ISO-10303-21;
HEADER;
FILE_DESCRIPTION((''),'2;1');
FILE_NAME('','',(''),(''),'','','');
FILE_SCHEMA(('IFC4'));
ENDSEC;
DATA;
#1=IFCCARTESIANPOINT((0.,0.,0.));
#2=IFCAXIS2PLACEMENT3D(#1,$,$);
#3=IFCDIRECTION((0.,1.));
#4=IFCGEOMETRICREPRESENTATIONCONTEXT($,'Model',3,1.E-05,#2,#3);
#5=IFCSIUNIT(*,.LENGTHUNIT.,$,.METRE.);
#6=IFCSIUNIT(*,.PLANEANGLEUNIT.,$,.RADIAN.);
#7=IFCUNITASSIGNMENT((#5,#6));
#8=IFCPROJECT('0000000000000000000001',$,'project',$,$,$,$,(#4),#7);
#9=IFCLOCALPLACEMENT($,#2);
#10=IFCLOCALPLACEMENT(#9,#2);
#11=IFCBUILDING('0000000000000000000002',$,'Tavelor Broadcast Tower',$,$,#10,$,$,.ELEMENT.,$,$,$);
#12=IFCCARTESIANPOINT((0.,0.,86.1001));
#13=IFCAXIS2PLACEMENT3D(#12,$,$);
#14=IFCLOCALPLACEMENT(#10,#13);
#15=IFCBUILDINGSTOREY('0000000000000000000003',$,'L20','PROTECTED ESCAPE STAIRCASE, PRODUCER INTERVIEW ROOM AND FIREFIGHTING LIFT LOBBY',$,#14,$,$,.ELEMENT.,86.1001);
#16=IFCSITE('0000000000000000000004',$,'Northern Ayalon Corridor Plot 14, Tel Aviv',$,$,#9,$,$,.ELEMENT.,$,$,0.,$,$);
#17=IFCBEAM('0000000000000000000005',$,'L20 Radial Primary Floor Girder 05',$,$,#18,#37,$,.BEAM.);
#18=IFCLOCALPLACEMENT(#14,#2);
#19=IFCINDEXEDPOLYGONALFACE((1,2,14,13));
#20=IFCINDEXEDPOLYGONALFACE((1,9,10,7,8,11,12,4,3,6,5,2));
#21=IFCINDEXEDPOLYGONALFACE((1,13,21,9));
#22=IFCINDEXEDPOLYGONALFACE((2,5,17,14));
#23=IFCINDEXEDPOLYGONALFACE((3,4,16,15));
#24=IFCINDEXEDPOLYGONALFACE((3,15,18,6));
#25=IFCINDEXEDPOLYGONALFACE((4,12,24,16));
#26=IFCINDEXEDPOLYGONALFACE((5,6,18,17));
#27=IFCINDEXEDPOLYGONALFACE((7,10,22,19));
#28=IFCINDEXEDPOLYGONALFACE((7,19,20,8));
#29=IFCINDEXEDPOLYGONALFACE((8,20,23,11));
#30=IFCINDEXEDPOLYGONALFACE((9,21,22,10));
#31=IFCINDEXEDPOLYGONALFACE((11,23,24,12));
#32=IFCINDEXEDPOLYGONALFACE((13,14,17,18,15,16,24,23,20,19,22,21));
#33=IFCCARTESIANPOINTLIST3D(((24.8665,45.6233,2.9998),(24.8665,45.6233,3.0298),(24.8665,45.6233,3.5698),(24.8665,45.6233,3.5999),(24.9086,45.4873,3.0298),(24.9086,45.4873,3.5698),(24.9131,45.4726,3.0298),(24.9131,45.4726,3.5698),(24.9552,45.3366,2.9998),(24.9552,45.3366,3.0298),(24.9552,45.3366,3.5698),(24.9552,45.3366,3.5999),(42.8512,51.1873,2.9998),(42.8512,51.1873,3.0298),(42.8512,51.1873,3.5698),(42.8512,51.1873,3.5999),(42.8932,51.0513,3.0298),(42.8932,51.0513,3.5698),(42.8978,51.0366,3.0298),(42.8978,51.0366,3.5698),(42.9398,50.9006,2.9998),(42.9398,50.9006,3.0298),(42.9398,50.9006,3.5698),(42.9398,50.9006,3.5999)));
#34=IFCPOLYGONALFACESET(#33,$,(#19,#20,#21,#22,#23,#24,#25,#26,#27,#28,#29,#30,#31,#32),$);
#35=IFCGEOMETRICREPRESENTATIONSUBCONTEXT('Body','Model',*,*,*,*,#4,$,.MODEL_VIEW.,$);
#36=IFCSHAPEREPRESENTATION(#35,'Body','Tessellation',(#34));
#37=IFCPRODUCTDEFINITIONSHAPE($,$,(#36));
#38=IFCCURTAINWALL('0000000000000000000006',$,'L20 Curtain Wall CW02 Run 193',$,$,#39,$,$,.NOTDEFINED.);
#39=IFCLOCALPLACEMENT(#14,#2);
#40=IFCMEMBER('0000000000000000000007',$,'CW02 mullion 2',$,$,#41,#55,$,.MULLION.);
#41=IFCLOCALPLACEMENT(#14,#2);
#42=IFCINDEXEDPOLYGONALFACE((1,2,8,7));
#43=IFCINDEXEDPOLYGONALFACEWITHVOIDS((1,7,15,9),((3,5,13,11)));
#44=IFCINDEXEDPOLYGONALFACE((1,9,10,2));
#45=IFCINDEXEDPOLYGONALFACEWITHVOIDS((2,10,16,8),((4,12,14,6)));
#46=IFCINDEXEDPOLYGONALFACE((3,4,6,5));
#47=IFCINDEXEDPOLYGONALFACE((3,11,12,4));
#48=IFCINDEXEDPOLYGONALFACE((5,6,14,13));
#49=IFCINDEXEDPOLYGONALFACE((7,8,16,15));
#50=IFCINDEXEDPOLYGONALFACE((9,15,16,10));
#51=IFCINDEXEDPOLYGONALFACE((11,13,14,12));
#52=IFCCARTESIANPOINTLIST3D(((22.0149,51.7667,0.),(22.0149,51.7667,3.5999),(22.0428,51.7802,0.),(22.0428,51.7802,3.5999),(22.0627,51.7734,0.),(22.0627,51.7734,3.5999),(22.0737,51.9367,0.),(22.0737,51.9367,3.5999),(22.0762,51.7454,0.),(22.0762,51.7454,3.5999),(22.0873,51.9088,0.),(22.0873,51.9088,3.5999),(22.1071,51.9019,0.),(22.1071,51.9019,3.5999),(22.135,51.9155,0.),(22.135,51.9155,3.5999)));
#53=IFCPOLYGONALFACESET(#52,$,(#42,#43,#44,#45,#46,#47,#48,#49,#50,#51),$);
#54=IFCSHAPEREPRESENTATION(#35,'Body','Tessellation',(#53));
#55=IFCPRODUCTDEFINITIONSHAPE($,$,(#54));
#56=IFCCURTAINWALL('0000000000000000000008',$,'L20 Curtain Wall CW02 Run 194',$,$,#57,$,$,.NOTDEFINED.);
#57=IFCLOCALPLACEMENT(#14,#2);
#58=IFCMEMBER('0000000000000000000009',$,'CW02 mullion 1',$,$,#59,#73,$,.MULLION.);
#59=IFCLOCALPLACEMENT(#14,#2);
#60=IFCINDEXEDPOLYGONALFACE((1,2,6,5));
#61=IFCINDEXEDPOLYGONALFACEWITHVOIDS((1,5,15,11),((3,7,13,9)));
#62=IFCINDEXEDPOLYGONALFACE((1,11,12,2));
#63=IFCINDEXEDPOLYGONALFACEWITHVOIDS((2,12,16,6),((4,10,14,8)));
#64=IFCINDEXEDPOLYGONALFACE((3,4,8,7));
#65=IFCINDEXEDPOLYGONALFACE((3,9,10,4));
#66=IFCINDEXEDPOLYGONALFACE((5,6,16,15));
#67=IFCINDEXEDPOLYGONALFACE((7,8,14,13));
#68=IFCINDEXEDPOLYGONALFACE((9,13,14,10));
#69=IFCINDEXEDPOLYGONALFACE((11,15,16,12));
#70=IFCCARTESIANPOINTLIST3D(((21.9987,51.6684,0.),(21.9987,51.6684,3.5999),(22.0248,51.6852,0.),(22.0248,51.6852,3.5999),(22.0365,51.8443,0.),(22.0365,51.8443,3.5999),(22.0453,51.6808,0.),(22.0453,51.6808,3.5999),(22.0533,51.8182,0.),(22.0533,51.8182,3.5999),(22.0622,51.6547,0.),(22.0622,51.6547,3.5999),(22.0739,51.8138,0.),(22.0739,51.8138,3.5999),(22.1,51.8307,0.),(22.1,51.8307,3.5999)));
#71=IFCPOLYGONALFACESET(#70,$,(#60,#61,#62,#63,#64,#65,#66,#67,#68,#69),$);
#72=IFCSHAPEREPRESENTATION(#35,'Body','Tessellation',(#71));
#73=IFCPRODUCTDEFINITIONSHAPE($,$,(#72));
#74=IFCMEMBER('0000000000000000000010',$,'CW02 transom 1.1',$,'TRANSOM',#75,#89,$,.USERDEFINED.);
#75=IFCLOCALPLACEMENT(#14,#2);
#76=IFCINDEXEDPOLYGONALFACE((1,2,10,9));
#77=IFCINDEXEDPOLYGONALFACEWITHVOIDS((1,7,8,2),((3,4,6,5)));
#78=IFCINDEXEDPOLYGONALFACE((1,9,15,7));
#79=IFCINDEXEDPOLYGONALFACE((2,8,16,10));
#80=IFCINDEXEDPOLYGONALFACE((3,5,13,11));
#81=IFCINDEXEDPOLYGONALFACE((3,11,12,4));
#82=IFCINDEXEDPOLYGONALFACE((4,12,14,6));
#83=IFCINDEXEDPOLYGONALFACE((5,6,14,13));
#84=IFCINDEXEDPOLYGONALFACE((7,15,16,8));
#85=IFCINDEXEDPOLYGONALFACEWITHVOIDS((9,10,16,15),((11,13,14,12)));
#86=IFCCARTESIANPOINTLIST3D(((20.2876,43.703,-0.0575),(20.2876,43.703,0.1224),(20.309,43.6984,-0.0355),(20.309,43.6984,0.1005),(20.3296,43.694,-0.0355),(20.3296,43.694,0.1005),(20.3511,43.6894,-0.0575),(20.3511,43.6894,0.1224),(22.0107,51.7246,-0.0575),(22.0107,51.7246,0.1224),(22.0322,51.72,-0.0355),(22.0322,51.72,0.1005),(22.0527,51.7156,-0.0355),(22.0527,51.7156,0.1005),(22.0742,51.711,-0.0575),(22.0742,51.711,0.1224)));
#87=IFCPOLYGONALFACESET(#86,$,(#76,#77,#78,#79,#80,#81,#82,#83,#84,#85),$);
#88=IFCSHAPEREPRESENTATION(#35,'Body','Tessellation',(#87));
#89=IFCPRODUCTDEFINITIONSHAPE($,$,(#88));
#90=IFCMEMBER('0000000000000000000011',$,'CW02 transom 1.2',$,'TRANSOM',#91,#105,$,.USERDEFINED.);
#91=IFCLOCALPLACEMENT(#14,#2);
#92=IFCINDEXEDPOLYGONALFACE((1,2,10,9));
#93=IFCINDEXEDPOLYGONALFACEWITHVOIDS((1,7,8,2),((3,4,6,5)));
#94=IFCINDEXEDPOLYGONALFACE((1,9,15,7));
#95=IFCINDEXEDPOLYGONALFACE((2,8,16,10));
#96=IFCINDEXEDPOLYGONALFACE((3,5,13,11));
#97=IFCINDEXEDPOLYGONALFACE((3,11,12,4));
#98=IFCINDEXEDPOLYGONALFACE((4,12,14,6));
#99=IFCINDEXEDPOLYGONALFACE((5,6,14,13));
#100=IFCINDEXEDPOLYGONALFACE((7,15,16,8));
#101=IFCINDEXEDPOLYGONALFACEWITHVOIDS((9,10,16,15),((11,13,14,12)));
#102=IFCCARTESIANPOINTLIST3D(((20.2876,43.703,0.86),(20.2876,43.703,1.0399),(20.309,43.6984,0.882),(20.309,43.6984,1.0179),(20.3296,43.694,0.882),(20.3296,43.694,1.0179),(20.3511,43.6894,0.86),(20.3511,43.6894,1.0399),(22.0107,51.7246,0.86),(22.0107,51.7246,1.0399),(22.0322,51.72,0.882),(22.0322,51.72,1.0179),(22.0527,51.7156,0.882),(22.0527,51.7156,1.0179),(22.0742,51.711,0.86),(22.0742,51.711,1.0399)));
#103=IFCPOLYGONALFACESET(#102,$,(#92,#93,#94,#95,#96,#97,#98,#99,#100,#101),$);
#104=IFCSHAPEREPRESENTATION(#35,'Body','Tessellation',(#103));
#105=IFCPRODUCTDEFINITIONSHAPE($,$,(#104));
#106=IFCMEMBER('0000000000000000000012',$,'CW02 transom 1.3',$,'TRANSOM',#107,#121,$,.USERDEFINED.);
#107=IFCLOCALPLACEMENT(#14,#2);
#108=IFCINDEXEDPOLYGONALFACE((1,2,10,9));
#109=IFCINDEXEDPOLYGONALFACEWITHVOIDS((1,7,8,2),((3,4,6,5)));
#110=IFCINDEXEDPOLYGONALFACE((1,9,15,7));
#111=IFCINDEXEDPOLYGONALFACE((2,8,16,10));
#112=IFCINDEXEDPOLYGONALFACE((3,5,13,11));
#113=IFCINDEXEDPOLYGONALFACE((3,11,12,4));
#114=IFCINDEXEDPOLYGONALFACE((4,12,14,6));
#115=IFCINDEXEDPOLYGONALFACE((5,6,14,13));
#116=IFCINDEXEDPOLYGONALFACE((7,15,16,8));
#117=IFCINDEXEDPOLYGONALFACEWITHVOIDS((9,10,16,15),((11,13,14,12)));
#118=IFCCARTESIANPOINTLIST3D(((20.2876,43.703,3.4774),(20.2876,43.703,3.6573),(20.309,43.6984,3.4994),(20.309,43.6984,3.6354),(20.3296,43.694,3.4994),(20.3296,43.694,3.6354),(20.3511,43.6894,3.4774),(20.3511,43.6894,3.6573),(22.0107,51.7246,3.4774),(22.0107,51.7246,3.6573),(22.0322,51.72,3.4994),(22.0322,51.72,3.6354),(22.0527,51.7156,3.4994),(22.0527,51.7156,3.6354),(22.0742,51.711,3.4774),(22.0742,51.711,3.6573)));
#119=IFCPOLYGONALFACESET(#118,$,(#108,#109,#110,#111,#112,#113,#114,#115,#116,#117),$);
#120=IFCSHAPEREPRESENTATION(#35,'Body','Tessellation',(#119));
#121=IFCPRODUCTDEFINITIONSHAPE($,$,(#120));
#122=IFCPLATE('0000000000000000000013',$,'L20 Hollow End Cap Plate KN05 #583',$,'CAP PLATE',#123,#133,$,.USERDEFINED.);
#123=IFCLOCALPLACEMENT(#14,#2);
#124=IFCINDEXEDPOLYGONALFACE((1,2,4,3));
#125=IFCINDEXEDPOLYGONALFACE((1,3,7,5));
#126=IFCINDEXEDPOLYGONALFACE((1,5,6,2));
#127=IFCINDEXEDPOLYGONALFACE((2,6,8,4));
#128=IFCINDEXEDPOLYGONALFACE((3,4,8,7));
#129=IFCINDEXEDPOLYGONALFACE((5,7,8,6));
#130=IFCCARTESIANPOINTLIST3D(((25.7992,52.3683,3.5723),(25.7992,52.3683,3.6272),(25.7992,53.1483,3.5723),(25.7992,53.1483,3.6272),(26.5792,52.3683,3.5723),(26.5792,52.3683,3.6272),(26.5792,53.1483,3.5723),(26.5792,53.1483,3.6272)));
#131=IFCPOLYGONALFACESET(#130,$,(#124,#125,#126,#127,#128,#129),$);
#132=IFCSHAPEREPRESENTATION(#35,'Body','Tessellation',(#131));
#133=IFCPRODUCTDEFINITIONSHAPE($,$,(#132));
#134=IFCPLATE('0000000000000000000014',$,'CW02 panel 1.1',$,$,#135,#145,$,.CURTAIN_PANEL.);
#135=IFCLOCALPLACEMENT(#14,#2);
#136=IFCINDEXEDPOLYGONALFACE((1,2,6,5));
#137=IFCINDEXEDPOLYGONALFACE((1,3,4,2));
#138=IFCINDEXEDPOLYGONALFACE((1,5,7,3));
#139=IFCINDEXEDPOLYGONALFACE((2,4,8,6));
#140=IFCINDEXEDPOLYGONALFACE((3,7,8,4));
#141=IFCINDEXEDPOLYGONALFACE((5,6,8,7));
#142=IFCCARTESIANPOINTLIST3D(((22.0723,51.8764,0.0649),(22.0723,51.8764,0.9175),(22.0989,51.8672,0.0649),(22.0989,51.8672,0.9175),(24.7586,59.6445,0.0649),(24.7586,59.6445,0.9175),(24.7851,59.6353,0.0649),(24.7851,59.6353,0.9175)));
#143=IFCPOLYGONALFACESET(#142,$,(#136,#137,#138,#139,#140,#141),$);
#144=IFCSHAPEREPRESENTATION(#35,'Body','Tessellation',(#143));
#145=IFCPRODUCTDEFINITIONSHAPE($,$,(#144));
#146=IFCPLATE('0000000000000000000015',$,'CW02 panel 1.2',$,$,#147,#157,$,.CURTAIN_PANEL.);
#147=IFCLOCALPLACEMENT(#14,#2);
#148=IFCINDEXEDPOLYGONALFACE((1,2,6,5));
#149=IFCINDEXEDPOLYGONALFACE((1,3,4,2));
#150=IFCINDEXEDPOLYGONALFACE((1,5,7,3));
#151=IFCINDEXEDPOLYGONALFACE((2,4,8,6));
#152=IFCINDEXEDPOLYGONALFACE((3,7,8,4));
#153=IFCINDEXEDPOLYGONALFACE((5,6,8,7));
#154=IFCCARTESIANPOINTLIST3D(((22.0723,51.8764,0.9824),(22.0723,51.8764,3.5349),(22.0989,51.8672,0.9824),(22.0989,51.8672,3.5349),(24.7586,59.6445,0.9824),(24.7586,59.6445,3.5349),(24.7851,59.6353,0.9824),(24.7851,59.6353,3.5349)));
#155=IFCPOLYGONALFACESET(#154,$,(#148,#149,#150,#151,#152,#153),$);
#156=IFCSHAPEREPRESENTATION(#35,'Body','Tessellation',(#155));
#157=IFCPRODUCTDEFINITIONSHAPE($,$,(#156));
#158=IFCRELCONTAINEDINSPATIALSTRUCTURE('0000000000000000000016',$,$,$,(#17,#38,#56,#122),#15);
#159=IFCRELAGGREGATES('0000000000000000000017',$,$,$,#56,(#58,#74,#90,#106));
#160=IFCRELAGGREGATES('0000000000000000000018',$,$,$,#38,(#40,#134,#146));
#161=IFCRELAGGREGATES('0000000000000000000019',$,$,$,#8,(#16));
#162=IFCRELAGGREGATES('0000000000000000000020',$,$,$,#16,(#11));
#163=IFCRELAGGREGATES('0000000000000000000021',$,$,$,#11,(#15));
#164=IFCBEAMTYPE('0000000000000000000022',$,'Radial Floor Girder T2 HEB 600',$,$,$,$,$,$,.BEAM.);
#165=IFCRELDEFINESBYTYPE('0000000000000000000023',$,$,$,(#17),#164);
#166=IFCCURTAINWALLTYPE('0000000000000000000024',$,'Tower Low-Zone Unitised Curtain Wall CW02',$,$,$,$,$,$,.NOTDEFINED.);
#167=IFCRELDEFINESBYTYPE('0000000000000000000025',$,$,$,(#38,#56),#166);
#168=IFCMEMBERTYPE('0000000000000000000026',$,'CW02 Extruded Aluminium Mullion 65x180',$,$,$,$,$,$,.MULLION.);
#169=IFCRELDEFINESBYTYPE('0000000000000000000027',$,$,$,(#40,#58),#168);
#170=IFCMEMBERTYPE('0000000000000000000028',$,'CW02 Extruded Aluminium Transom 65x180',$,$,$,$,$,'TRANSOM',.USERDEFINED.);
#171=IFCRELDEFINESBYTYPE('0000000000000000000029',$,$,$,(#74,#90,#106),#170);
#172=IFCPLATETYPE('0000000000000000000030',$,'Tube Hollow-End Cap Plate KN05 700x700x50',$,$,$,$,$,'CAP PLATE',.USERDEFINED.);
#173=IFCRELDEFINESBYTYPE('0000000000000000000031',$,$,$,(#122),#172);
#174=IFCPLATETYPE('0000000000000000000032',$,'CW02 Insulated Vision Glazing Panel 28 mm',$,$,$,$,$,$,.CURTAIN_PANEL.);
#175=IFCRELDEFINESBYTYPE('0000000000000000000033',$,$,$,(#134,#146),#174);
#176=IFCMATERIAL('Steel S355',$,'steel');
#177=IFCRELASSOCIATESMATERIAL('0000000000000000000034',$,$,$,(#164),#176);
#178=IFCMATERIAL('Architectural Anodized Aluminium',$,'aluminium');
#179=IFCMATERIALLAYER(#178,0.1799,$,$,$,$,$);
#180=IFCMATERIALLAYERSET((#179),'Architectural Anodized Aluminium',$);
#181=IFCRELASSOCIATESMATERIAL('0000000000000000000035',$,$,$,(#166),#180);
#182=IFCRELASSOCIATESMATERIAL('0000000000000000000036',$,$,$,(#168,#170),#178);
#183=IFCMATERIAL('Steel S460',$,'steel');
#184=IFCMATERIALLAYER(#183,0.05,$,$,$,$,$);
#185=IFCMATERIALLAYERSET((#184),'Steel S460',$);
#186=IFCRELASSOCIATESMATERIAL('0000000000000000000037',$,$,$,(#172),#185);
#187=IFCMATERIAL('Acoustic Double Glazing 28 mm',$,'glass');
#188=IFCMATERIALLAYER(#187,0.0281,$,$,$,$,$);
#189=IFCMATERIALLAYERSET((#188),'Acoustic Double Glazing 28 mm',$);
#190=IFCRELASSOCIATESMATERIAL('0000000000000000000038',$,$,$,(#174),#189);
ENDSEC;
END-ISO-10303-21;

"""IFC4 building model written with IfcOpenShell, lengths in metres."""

from ifc_helpers import new_model, si_unit, direction, frame, origin, origin_2d, place, context, subcontext, project, spatial, rectangle, hollow_rectangle, i_section, extrude, source, transform, mapped, material, layer, layer_set, material_profile, profile_set, type_object, type_shapes, element, aggregate, save


model = new_model("IFC4")

# Units and contexts
model_context = context("Model", 3, precision=1e-05, world=origin(), true_north=direction((0.0, 1.0)))
body_context = subcontext(model_context, "Body", "Model", "MODEL_VIEW")
ifc_project = project(units=[si_unit("LENGTHUNIT", "METRE"), si_unit("PLANEANGLEUNIT", "RADIAN")], contexts=[model_context])

# Site, building, storey
site_placement = place(None, origin())
site = spatial("IfcSite", under=ifc_project, at=site_placement, Name="Northern Ayalon Corridor Plot 14, Tel Aviv", CompositionType="ELEMENT", RefElevation=0.0)
building_placement = place(site_placement, origin())
building = spatial("IfcBuilding", under=site, at=building_placement, Name="Tavelor Broadcast Tower", CompositionType="ELEMENT")
storey_placement = place(building_placement, frame((0.0, 0.0, 86.1001)))
storey = spatial("IfcBuildingStorey", under=building, at=storey_placement, Name="L20", Description="PROTECTED ESCAPE STAIRCASE, PRODUCER INTERVIEW ROOM AND FIREFIGHTING LIFT LOBBY", CompositionType="ELEMENT", Elevation=86.1001)

# Shared definitions
ifc_material_1 = material(Name="Steel S460", Category="steel")

# Beam
ifc_material_2 = material(Name="Steel S355", Category="steel")
ifc_material_profile_1 = material_profile(ifc_material_2, i_section(OverallWidth=0.3, OverallDepth=0.6001, WebThickness=0.0154, FlangeThickness=0.03, at=origin_2d()), Name="HEB 600")
ifc_profile_set_1 = profile_set([ifc_material_profile_1], Name="Steel S355")
beam_type_1 = type_object("IfcBeamType", Name="Radial Floor Girder T2 HEB 600", PredefinedType="BEAM", material=ifc_profile_set_1)
beam_1_placement = place(storey_placement, frame((42.8955, 51.0439, 3.2998), z_axis=(-0.955326, -0.295553, 0.0), x_axis=(0.295553, -0.955326, 0.0)))
element("IfcBeam", 1, at=beam_1_placement, inside=storey, type_object=beam_type_1, Name="L20 Radial Primary Floor Girder 05", PredefinedType="BEAM", context=body_context, shape_type="SweptSolid", body=[
    extrude(i_section(OverallWidth=0.3, OverallDepth=0.6001, WebThickness=0.0154, FlangeThickness=0.03, at=origin_2d()), origin(), (0.0, 0.0, 1.0), 18.8257),
])

# Curtain wall, member
ifc_material_3 = material(Name="Architectural Anodized Aluminium", Category="aluminium")
ifc_layer_1 = layer(ifc_material_3, 0.1799)
ifc_layer_set_1 = layer_set([ifc_layer_1], Name="Architectural Anodized Aluminium")
curtain_wall_type = type_object("IfcCurtainWallType", Name="Tower Low-Zone Unitised Curtain Wall CW02", PredefinedType="NOTDEFINED", material=ifc_layer_set_1)
curtain_wall_1_placement = place(storey_placement, origin())
curtain_wall_1 = element("IfcCurtainWall", 2, at=curtain_wall_1_placement, inside=storey, type_object=curtain_wall_type, Name="L20 Curtain Wall CW02 Run 193", PredefinedType="NOTDEFINED")
ifc_material_profile_2 = material_profile(ifc_material_3, hollow_rectangle(XDim=0.0649, YDim=0.1799, WallThickness=0.022, at=origin_2d()), Name="RHS 65x180x22")
ifc_profile_set_2 = profile_set([ifc_material_profile_2], Name="Architectural Anodized Aluminium")
member_type_1 = type_object("IfcMemberType", Name="CW02 Extruded Aluminium Mullion 65x180", PredefinedType="MULLION", material=ifc_profile_set_2)
shared_shape_1 = source(origin(), body_context, "Body", "SweptSolid", [
    extrude(hollow_rectangle(XDim=0.0649, YDim=0.1799, WallThickness=0.022, at=origin_2d()), origin(), (0.0, 0.0, 1.0), 3.5999),
])
type_shapes(member_type_1, [shared_shape_1])
member_1_placement = place(storey_placement, frame((22.075, 51.8411, 0.0), z_axis=(0.0, 0.0, 1.0), x_axis=(0.945088, -0.326815, 0.0)))
member_1 = element("IfcMember", 3, at=member_1_placement, type_object=member_type_1, Name="CW02 mullion 2", PredefinedType="MULLION", context=body_context, shape_type="MappedRepresentation", body=[
    mapped(shared_shape_1, transform((0.0, 0.0, 0.0), scale=1.0)),
])

# Curtain wall, members
curtain_wall_2_placement = place(storey_placement, origin())
curtain_wall_2 = element("IfcCurtainWall", 4, at=curtain_wall_2_placement, inside=storey, type_object=curtain_wall_type, Name="L20 Curtain Wall CW02 Run 194", PredefinedType="NOTDEFINED")
member_2_placement = place(storey_placement, frame((22.0493, 51.7495, 0.0), z_axis=(0.0, 0.0, 1.0), x_axis=(0.977695, -0.210031, 0.0)))
member_2 = element("IfcMember", 5, at=member_2_placement, type_object=member_type_1, Name="CW02 mullion 1", PredefinedType="MULLION", context=body_context, shape_type="MappedRepresentation", body=[
    mapped(shared_shape_1, transform((0.0, 0.0, 0.0), scale=1.0)),
])
ifc_material_profile_3 = material_profile(ifc_material_3, hollow_rectangle(XDim=0.0649, YDim=0.1799, WallThickness=0.022, at=origin_2d()), Name="RHS 65x180x22")
ifc_profile_set_3 = profile_set([ifc_material_profile_3], Name="Architectural Anodized Aluminium")
member_type_2 = type_object("IfcMemberType", Name="CW02 Extruded Aluminium Transom 65x180", ElementType="TRANSOM", PredefinedType="USERDEFINED", material=ifc_profile_set_3)
shared_shape_2 = source(origin(), body_context, "Body", "SweptSolid", [
    extrude(hollow_rectangle(XDim=0.0649, YDim=0.1799, WallThickness=0.022, at=origin_2d()), origin(), (0.0, 0.0, 1.0), 8.2046),
])
type_shapes(member_type_2, [shared_shape_2])
member_3_placement = place(storey_placement, frame((22.0425, 51.7178, 0.0325), z_axis=(-0.210025, -0.977696, 0.0), x_axis=(0.977696, -0.210025, 0.0)))
member_3 = element("IfcMember", 6, at=member_3_placement, type_object=member_type_2, Name="CW02 transom 1.1", ObjectType="TRANSOM", PredefinedType="USERDEFINED", context=body_context, shape_type="MappedRepresentation", body=[
    mapped(shared_shape_2, transform((0.0, 0.0, 0.0), scale=1.0)),
])
member_4_placement = place(storey_placement, frame((22.0425, 51.7178, 0.95), z_axis=(-0.210025, -0.977696, 0.0), x_axis=(0.977696, -0.210025, 0.0)))
member_4 = element("IfcMember", 7, at=member_4_placement, type_object=member_type_2, Name="CW02 transom 1.2", ObjectType="TRANSOM", PredefinedType="USERDEFINED", context=body_context, shape_type="MappedRepresentation", body=[
    mapped(shared_shape_2, transform((0.0, 0.0, 0.0), scale=1.0)),
])
member_5_placement = place(storey_placement, frame((22.0425, 51.7178, 3.5674), z_axis=(-0.210025, -0.977696, 0.0), x_axis=(0.977696, -0.210025, 0.0)))
member_5 = element("IfcMember", 8, at=member_5_placement, type_object=member_type_2, Name="CW02 transom 1.3", ObjectType="TRANSOM", PredefinedType="USERDEFINED", context=body_context, shape_type="MappedRepresentation", body=[
    mapped(shared_shape_2, transform((0.0, 0.0, 0.0), scale=1.0)),
])
aggregate(curtain_wall_2, [member_2, member_3, member_4, member_5])

# Plates
ifc_layer_2 = layer(ifc_material_1, 0.05)
ifc_layer_set_2 = layer_set([ifc_layer_2], Name="Steel S460")
plate_type_1 = type_object("IfcPlateType", Name="Tube Hollow-End Cap Plate KN05 700x700x50", ElementType="CAP PLATE", PredefinedType="USERDEFINED", material=ifc_layer_set_2)
shared_shape_3 = source(origin(), body_context, "Body", "SweptSolid", [
    extrude(rectangle(XDim=0.78, YDim=0.78, at=origin_2d()), origin(), (0.0, 0.0, 1.0), 0.0549),
])
type_shapes(plate_type_1, [shared_shape_3])
plate_1_placement = place(storey_placement, frame((26.1892, 52.7583, 3.5723), z_axis=(0.0, 0.0, 1.0), x_axis=(1.0, 0.0, 0.0)))
element("IfcPlate", 9, at=plate_1_placement, inside=storey, type_object=plate_type_1, Name="L20 Hollow End Cap Plate KN05 #583", ObjectType="CAP PLATE", PredefinedType="USERDEFINED", context=body_context, shape_type="MappedRepresentation", body=[
    mapped(shared_shape_3, transform((0.0, 0.0, 0.0), scale=1.0)),
])
ifc_material_4 = material(Name="Acoustic Double Glazing 28 mm", Category="glass")
ifc_layer_3 = layer(ifc_material_4, 0.0281)
ifc_layer_set_3 = layer_set([ifc_layer_3], Name="Acoustic Double Glazing 28 mm")
plate_type_2 = type_object("IfcPlateType", Name="CW02 Insulated Vision Glazing Panel 28 mm", PredefinedType="CURTAIN_PANEL", material=ifc_layer_set_3)
shared_shape_4 = source(origin(), body_context, "Body", "SweptSolid", [
    extrude(rectangle(XDim=8.2195, YDim=0.0281, at=origin_2d()), origin(), (0.0, 0.0, 1.0), 0.8525),
])
plate_2_placement = place(storey_placement, frame((23.4287, 55.7559, 0.0649), z_axis=(0.0, 0.0, 1.0), x_axis=(-0.326815, -0.945088, 0.0)))
plate_2 = element("IfcPlate", 10, at=plate_2_placement, type_object=plate_type_2, Name="CW02 panel 1.1", PredefinedType="CURTAIN_PANEL", context=body_context, shape_type="MappedRepresentation", body=[
    mapped(shared_shape_4, transform((0.0, 0.0, 0.0), scale=1.0)),
])
shared_shape_5 = source(origin(), body_context, "Body", "SweptSolid", [
    extrude(rectangle(XDim=8.2195, YDim=0.0281, at=origin_2d()), origin(), (0.0, 0.0, 1.0), 2.5525),
])
type_shapes(plate_type_2, [shared_shape_4, shared_shape_5])
plate_3_placement = place(storey_placement, frame((23.4287, 55.7559, 0.9824), z_axis=(0.0, 0.0, 1.0), x_axis=(-0.326815, -0.945088, 0.0)))
plate_3 = element("IfcPlate", 11, at=plate_3_placement, type_object=plate_type_2, Name="CW02 panel 1.2", PredefinedType="CURTAIN_PANEL", context=body_context, shape_type="MappedRepresentation", body=[
    mapped(shared_shape_5, transform((0.0, 0.0, 0.0), scale=1.0)),
])
aggregate(curtain_wall_1, [member_1, plate_2, plate_3])

save(model, "model.ifc")
